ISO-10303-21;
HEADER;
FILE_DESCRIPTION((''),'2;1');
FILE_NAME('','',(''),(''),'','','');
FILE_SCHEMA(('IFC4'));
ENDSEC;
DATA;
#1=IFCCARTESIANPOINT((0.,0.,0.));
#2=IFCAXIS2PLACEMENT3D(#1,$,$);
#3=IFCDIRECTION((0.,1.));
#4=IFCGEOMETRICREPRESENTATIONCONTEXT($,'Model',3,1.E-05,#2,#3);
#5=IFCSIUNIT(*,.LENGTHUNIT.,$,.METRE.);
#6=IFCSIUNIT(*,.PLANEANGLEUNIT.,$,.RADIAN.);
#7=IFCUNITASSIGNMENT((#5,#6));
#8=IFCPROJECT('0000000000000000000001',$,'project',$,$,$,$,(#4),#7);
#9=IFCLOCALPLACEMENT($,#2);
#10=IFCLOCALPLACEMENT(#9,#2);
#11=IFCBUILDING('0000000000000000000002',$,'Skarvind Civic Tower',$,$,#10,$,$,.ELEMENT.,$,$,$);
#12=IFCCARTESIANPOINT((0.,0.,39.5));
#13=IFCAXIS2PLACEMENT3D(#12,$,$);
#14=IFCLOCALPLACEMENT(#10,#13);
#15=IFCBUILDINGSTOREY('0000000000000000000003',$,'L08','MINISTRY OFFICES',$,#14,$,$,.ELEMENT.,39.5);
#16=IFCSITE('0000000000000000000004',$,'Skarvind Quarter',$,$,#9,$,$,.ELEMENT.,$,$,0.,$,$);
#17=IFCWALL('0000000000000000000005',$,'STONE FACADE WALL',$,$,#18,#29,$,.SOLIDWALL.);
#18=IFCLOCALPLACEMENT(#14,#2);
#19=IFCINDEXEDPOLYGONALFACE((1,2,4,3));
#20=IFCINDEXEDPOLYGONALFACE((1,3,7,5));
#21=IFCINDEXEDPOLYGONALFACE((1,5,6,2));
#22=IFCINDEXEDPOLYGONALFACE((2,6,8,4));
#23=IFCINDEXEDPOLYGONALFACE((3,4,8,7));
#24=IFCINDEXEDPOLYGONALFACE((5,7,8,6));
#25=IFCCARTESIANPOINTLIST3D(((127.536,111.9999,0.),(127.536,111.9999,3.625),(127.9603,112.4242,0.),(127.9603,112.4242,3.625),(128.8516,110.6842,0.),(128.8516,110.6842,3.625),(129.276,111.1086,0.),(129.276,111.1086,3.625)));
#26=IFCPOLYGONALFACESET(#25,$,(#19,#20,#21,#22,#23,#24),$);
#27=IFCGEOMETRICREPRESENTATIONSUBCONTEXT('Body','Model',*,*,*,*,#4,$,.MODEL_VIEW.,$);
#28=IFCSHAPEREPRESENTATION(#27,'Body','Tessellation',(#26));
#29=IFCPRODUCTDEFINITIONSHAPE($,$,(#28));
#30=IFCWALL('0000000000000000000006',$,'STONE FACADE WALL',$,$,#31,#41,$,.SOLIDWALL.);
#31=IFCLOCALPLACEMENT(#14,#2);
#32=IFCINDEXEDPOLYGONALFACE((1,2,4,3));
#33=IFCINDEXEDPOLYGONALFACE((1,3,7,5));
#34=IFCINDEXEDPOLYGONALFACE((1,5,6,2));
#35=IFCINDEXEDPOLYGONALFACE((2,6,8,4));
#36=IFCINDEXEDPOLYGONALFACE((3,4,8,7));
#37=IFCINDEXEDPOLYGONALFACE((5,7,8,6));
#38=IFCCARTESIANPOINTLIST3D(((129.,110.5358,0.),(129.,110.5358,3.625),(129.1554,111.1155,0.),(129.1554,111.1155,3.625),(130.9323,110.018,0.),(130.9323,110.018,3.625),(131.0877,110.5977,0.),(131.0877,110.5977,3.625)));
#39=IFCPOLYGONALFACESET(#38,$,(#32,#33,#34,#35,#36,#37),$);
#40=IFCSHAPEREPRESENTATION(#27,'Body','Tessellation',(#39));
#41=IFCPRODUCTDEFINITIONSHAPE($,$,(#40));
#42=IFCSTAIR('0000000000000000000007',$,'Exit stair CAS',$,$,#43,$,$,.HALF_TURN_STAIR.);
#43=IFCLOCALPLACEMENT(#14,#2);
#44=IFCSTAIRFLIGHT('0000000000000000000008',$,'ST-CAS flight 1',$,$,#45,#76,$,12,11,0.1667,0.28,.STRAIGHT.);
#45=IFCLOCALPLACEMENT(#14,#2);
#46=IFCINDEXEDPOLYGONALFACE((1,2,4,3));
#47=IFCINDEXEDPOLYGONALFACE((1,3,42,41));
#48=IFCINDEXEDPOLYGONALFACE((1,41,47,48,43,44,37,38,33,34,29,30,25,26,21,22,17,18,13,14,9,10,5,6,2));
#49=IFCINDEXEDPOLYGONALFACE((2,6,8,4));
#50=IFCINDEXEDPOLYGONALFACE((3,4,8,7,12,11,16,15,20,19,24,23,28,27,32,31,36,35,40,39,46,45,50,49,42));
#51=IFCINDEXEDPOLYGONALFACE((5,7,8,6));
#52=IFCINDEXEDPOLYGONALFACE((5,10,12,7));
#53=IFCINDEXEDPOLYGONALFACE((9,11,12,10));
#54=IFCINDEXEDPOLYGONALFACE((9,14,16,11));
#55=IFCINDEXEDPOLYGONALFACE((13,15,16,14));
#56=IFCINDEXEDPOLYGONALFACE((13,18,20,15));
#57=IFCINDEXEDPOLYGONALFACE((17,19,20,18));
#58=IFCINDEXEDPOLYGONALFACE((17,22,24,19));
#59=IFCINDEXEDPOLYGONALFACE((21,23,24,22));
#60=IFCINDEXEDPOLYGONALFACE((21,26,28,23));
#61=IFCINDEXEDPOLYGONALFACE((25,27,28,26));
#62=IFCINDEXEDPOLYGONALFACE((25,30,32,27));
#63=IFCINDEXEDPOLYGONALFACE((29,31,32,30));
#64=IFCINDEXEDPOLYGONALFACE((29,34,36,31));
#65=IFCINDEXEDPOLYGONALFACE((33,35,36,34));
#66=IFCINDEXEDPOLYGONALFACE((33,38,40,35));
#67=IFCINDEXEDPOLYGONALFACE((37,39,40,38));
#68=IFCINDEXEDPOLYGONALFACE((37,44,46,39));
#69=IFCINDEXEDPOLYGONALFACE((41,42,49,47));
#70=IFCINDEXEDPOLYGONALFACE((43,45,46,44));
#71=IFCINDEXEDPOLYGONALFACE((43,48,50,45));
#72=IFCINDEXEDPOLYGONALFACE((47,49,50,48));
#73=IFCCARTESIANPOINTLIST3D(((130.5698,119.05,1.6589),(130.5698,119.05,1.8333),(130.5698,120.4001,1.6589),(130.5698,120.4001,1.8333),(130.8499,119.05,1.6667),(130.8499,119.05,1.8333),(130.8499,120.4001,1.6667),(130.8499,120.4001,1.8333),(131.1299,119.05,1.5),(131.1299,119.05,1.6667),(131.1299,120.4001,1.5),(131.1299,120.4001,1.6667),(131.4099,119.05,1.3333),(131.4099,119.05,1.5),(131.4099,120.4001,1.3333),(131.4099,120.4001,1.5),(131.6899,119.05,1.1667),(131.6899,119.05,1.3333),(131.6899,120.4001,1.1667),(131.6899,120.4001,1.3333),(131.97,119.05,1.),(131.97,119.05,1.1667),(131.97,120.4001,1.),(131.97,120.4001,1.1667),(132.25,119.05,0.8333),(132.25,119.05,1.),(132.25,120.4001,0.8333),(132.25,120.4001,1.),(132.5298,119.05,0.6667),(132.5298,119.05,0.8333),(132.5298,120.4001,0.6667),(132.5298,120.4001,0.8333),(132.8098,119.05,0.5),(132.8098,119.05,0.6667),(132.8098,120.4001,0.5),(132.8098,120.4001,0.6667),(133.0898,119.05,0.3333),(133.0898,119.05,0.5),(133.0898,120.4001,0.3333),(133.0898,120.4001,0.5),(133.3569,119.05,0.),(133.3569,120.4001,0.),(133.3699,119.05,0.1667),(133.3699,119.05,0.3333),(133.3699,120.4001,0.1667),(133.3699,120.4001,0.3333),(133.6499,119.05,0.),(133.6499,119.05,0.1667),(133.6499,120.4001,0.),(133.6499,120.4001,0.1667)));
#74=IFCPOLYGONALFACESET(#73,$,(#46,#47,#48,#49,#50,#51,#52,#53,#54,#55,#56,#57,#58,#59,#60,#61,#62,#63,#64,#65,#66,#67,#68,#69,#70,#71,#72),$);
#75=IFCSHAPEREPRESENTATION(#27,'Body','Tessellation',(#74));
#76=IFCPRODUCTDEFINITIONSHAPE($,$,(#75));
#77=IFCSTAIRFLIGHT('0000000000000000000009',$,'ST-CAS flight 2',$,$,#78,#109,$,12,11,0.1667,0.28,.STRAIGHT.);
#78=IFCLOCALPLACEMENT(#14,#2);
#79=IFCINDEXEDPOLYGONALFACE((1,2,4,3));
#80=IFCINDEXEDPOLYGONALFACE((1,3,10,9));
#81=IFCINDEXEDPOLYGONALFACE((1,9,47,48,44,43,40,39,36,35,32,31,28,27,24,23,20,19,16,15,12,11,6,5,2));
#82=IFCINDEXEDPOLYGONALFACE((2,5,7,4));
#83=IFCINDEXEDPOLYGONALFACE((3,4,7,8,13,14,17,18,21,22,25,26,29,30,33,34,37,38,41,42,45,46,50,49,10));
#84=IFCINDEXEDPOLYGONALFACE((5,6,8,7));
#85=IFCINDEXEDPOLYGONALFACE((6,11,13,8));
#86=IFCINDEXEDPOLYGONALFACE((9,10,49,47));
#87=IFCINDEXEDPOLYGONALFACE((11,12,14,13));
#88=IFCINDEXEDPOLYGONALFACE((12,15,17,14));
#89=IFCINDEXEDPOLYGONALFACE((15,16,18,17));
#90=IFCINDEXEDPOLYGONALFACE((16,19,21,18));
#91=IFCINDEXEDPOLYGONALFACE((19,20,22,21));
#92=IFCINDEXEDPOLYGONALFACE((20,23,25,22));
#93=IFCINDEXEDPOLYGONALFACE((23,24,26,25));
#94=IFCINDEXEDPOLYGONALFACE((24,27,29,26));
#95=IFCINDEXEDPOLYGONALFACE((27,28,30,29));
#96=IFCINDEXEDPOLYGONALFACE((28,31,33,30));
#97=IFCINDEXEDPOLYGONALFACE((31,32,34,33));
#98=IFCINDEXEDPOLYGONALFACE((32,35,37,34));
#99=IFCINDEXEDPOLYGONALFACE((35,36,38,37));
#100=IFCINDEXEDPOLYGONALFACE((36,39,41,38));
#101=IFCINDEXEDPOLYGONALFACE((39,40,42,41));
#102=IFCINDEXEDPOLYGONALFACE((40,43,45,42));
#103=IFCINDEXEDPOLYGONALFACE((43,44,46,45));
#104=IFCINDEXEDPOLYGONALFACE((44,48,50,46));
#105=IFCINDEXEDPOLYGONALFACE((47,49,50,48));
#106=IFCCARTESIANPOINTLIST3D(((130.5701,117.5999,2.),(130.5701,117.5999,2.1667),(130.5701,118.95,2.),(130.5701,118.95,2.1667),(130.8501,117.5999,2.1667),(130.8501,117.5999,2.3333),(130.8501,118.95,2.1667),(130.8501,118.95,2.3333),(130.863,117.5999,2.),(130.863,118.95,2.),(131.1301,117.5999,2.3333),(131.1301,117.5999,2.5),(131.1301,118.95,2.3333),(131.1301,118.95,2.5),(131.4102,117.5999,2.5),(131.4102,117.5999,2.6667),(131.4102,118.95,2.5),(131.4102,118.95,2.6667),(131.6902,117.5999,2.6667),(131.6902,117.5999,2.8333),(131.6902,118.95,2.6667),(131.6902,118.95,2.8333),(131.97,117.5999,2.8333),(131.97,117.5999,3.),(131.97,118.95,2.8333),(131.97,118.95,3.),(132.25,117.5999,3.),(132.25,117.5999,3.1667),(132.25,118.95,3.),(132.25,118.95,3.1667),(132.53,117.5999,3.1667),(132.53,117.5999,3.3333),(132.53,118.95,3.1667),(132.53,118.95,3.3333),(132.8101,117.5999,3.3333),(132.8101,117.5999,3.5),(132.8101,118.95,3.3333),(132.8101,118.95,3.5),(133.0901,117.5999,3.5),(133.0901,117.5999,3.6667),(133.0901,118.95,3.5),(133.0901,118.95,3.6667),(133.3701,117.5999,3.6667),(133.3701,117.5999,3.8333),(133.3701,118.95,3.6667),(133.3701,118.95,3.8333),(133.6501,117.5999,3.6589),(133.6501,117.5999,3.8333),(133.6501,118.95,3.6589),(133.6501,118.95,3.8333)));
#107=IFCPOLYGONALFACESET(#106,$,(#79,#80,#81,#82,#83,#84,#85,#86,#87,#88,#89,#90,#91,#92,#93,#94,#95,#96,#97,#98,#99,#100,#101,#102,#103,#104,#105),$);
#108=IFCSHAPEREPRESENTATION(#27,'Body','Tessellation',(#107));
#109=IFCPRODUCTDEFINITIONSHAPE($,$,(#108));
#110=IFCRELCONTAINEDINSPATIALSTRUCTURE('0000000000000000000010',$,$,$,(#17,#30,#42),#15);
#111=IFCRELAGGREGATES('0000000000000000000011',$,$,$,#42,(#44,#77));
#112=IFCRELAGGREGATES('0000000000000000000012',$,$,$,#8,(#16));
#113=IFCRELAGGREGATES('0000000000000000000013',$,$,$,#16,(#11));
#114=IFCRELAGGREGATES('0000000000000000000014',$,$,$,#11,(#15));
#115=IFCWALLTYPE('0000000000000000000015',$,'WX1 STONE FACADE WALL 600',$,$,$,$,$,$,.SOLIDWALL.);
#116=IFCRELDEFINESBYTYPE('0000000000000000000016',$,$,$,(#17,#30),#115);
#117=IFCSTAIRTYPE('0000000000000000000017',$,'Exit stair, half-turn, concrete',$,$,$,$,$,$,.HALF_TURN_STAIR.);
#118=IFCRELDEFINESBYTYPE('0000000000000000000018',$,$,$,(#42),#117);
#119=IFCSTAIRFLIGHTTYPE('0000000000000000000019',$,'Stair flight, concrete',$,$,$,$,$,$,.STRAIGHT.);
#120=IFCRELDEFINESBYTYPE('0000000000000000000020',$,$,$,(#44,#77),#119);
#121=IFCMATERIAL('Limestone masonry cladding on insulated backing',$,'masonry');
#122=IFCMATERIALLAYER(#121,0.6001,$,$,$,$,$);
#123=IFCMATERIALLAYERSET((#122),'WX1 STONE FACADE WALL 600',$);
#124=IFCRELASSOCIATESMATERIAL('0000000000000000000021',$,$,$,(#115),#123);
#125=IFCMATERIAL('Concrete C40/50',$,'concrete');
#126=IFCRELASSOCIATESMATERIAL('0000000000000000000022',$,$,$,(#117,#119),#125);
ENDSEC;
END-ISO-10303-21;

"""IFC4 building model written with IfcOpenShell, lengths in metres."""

from ifc_helpers import new_model, si_unit, direction, frame, frame_2d, origin, place, context, subcontext, project, spatial, polyline, rectangle, outline, extrude, material, layer, layer_set, type_object, element, aggregate, save


model = new_model("IFC4")

# Units and contexts
model_context = context("Model", 3, precision=1e-05, world=origin(), true_north=direction((0.0, 1.0)))
body_context = subcontext(model_context, "Body", "Model", "MODEL_VIEW")
ifc_project = project(units=[si_unit("LENGTHUNIT", "METRE"), si_unit("PLANEANGLEUNIT", "RADIAN")], contexts=[model_context])

# Site, building, storey
site_placement = place(None, origin())
site = spatial("IfcSite", under=ifc_project, at=site_placement, Name="Skarvind Quarter", CompositionType="ELEMENT", RefElevation=0.0)
building_placement = place(site_placement, origin())
building = spatial("IfcBuilding", under=site, at=building_placement, Name="Skarvind Civic Tower", CompositionType="ELEMENT")
storey_placement = place(building_placement, frame((0.0, 0.0, 39.5)))
storey = spatial("IfcBuildingStorey", under=building, at=storey_placement, Name="L08", Description="MINISTRY OFFICES", CompositionType="ELEMENT", Elevation=39.5)

# Walls
ifc_material_1 = material(Name="Limestone masonry cladding on insulated backing", Category="masonry")
ifc_layer_1 = layer(ifc_material_1, 0.6001)
ifc_layer_set_1 = layer_set([ifc_layer_1], Name="WX1 STONE FACADE WALL 600")
wall_type_1 = type_object("IfcWallType", Name="WX1 STONE FACADE WALL 600", PredefinedType="SOLIDWALL", material=ifc_layer_set_1)
for number, where, z_axis, x_axis, name in (
    (1, (129.0637, 110.8965, 0.0), (0.0, 0.0, 1.0), (-0.707107, 0.707107, 0.0), "STONE FACADE WALL"),
):
    element("IfcWall", number, at=place(storey_placement, frame(where, z_axis=z_axis, x_axis=x_axis)), inside=storey, type_object=wall_type_1, Name=name, PredefinedType="SOLIDWALL", context=body_context, shape_type="SweptSolid", body=[
        extrude(rectangle(XDim=1.8606, YDim=0.6001, at=frame_2d((0.9302, 0.0))), origin(), (0.0, 0.0, 1.0), 3.625),
    ])
wall_1_placement = place(storey_placement, frame((131.01, 110.3079, 0.0), z_axis=(0.0, 0.0, 1.0), x_axis=(-0.96592, 0.25884, 0.0)))
element("IfcWall", 2, at=wall_1_placement, inside=storey, type_object=wall_type_1, Name="STONE FACADE WALL", PredefinedType="SOLIDWALL", context=body_context, shape_type="SweptSolid", body=[
    extrude(rectangle(XDim=2.0005, YDim=0.6001, at=frame_2d((1.0002, 0.0))), origin(), (0.0, 0.0, 1.0), 3.625),
])

# Stair, stair flights
ifc_material_2 = material(Name="Concrete C40/50", Category="concrete")
stair_type = type_object("IfcStairType", Name="Exit stair, half-turn, concrete", PredefinedType="HALF_TURN_STAIR", material=ifc_material_2)
stair_placement = place(storey_placement, origin())
stair = element("IfcStair", 3, at=stair_placement, inside=storey, type_object=stair_type, Name="Exit stair CAS", PredefinedType="HALF_TURN_STAIR")
stair_flight_type = type_object("IfcStairFlightType", Name="Stair flight, concrete", PredefinedType="STRAIGHT", material=ifc_material_2)
stair_flight_1_placement = place(storey_placement, frame((133.6499, 119.7251, 0.0), z_axis=(0.0, 0.0, 1.0), x_axis=(-1.0, 0.0, 0.0)))
stair_flight_1 = element("IfcStairFlight", 4, at=stair_flight_1_placement, type_object=stair_flight_type, Name="ST-CAS flight 1", NumberOfRisers=12, NumberOfTreads=11, PredefinedType="STRAIGHT", RiserHeight=0.1667, TreadLength=0.28, context=body_context, shape_type="SweptSolid", body=[
    extrude(outline(polyline([(0.0, 0.0), (0.0, 0.1667), (0.28, 0.1667), (0.28, 0.3333), (0.5601, 0.3333), (0.5601, 0.5), (0.8401, 0.5), (0.8401, 0.6667), (1.1201, 0.6667), (1.1201, 0.8333), (1.3999, 0.8333), (1.3999, 1.0), (1.6799, 1.0), (1.6799, 1.1667), (1.96, 1.1667), (1.96, 1.3333), (2.24, 1.3333), (2.24, 1.5), (2.52, 1.5), (2.52, 1.6667), (2.8, 1.6667), (2.8, 1.8333), (3.0801, 1.8333), (3.0801, 2.0), (3.0801, 1.6589), (0.293, 0.0), (0.0, 0.0)])), frame((0.0, 0.675, 0.0), z_axis=(0.0, -1.0, 0.0), x_axis=(1.0, 0.0, 0.0)), (0.0, 0.0, 1.0), 1.3501),
])
stair_flight_2_placement = place(storey_placement, frame((130.5701, 118.2749, 2.0), z_axis=(0.0, 0.0, 1.0), x_axis=(1.0, 0.0, 0.0)))
stair_flight_2 = element("IfcStairFlight", 5, at=stair_flight_2_placement, type_object=stair_flight_type, Name="ST-CAS flight 2", NumberOfRisers=12, NumberOfTreads=11, PredefinedType="STRAIGHT", RiserHeight=0.1667, TreadLength=0.28, context=body_context, shape_type="SweptSolid", body=[
    extrude(outline(polyline([(0.0, 0.0), (0.0, 0.1667), (0.28, 0.1667), (0.28, 0.3333), (0.5601, 0.3333), (0.5601, 0.5), (0.8401, 0.5), (0.8401, 0.6667), (1.1201, 0.6667), (1.1201, 0.8333), (1.3999, 0.8333), (1.3999, 1.0), (1.6799, 1.0), (1.6799, 1.1667), (1.96, 1.1667), (1.96, 1.3333), (2.24, 1.3333), (2.24, 1.5), (2.52, 1.5), (2.52, 1.6667), (2.8, 1.6667), (2.8, 1.8333), (3.0801, 1.8333), (3.0801, 2.0), (3.0801, 1.6589), (0.293, 0.0), (0.0, 0.0)])), frame((0.0, 0.675, 0.0), z_axis=(0.0, -1.0, 0.0), x_axis=(1.0, 0.0, 0.0)), (0.0, 0.0, 1.0), 1.3501),
])
aggregate(stair, [stair_flight_1, stair_flight_2])

save(model, "model.ifc")
